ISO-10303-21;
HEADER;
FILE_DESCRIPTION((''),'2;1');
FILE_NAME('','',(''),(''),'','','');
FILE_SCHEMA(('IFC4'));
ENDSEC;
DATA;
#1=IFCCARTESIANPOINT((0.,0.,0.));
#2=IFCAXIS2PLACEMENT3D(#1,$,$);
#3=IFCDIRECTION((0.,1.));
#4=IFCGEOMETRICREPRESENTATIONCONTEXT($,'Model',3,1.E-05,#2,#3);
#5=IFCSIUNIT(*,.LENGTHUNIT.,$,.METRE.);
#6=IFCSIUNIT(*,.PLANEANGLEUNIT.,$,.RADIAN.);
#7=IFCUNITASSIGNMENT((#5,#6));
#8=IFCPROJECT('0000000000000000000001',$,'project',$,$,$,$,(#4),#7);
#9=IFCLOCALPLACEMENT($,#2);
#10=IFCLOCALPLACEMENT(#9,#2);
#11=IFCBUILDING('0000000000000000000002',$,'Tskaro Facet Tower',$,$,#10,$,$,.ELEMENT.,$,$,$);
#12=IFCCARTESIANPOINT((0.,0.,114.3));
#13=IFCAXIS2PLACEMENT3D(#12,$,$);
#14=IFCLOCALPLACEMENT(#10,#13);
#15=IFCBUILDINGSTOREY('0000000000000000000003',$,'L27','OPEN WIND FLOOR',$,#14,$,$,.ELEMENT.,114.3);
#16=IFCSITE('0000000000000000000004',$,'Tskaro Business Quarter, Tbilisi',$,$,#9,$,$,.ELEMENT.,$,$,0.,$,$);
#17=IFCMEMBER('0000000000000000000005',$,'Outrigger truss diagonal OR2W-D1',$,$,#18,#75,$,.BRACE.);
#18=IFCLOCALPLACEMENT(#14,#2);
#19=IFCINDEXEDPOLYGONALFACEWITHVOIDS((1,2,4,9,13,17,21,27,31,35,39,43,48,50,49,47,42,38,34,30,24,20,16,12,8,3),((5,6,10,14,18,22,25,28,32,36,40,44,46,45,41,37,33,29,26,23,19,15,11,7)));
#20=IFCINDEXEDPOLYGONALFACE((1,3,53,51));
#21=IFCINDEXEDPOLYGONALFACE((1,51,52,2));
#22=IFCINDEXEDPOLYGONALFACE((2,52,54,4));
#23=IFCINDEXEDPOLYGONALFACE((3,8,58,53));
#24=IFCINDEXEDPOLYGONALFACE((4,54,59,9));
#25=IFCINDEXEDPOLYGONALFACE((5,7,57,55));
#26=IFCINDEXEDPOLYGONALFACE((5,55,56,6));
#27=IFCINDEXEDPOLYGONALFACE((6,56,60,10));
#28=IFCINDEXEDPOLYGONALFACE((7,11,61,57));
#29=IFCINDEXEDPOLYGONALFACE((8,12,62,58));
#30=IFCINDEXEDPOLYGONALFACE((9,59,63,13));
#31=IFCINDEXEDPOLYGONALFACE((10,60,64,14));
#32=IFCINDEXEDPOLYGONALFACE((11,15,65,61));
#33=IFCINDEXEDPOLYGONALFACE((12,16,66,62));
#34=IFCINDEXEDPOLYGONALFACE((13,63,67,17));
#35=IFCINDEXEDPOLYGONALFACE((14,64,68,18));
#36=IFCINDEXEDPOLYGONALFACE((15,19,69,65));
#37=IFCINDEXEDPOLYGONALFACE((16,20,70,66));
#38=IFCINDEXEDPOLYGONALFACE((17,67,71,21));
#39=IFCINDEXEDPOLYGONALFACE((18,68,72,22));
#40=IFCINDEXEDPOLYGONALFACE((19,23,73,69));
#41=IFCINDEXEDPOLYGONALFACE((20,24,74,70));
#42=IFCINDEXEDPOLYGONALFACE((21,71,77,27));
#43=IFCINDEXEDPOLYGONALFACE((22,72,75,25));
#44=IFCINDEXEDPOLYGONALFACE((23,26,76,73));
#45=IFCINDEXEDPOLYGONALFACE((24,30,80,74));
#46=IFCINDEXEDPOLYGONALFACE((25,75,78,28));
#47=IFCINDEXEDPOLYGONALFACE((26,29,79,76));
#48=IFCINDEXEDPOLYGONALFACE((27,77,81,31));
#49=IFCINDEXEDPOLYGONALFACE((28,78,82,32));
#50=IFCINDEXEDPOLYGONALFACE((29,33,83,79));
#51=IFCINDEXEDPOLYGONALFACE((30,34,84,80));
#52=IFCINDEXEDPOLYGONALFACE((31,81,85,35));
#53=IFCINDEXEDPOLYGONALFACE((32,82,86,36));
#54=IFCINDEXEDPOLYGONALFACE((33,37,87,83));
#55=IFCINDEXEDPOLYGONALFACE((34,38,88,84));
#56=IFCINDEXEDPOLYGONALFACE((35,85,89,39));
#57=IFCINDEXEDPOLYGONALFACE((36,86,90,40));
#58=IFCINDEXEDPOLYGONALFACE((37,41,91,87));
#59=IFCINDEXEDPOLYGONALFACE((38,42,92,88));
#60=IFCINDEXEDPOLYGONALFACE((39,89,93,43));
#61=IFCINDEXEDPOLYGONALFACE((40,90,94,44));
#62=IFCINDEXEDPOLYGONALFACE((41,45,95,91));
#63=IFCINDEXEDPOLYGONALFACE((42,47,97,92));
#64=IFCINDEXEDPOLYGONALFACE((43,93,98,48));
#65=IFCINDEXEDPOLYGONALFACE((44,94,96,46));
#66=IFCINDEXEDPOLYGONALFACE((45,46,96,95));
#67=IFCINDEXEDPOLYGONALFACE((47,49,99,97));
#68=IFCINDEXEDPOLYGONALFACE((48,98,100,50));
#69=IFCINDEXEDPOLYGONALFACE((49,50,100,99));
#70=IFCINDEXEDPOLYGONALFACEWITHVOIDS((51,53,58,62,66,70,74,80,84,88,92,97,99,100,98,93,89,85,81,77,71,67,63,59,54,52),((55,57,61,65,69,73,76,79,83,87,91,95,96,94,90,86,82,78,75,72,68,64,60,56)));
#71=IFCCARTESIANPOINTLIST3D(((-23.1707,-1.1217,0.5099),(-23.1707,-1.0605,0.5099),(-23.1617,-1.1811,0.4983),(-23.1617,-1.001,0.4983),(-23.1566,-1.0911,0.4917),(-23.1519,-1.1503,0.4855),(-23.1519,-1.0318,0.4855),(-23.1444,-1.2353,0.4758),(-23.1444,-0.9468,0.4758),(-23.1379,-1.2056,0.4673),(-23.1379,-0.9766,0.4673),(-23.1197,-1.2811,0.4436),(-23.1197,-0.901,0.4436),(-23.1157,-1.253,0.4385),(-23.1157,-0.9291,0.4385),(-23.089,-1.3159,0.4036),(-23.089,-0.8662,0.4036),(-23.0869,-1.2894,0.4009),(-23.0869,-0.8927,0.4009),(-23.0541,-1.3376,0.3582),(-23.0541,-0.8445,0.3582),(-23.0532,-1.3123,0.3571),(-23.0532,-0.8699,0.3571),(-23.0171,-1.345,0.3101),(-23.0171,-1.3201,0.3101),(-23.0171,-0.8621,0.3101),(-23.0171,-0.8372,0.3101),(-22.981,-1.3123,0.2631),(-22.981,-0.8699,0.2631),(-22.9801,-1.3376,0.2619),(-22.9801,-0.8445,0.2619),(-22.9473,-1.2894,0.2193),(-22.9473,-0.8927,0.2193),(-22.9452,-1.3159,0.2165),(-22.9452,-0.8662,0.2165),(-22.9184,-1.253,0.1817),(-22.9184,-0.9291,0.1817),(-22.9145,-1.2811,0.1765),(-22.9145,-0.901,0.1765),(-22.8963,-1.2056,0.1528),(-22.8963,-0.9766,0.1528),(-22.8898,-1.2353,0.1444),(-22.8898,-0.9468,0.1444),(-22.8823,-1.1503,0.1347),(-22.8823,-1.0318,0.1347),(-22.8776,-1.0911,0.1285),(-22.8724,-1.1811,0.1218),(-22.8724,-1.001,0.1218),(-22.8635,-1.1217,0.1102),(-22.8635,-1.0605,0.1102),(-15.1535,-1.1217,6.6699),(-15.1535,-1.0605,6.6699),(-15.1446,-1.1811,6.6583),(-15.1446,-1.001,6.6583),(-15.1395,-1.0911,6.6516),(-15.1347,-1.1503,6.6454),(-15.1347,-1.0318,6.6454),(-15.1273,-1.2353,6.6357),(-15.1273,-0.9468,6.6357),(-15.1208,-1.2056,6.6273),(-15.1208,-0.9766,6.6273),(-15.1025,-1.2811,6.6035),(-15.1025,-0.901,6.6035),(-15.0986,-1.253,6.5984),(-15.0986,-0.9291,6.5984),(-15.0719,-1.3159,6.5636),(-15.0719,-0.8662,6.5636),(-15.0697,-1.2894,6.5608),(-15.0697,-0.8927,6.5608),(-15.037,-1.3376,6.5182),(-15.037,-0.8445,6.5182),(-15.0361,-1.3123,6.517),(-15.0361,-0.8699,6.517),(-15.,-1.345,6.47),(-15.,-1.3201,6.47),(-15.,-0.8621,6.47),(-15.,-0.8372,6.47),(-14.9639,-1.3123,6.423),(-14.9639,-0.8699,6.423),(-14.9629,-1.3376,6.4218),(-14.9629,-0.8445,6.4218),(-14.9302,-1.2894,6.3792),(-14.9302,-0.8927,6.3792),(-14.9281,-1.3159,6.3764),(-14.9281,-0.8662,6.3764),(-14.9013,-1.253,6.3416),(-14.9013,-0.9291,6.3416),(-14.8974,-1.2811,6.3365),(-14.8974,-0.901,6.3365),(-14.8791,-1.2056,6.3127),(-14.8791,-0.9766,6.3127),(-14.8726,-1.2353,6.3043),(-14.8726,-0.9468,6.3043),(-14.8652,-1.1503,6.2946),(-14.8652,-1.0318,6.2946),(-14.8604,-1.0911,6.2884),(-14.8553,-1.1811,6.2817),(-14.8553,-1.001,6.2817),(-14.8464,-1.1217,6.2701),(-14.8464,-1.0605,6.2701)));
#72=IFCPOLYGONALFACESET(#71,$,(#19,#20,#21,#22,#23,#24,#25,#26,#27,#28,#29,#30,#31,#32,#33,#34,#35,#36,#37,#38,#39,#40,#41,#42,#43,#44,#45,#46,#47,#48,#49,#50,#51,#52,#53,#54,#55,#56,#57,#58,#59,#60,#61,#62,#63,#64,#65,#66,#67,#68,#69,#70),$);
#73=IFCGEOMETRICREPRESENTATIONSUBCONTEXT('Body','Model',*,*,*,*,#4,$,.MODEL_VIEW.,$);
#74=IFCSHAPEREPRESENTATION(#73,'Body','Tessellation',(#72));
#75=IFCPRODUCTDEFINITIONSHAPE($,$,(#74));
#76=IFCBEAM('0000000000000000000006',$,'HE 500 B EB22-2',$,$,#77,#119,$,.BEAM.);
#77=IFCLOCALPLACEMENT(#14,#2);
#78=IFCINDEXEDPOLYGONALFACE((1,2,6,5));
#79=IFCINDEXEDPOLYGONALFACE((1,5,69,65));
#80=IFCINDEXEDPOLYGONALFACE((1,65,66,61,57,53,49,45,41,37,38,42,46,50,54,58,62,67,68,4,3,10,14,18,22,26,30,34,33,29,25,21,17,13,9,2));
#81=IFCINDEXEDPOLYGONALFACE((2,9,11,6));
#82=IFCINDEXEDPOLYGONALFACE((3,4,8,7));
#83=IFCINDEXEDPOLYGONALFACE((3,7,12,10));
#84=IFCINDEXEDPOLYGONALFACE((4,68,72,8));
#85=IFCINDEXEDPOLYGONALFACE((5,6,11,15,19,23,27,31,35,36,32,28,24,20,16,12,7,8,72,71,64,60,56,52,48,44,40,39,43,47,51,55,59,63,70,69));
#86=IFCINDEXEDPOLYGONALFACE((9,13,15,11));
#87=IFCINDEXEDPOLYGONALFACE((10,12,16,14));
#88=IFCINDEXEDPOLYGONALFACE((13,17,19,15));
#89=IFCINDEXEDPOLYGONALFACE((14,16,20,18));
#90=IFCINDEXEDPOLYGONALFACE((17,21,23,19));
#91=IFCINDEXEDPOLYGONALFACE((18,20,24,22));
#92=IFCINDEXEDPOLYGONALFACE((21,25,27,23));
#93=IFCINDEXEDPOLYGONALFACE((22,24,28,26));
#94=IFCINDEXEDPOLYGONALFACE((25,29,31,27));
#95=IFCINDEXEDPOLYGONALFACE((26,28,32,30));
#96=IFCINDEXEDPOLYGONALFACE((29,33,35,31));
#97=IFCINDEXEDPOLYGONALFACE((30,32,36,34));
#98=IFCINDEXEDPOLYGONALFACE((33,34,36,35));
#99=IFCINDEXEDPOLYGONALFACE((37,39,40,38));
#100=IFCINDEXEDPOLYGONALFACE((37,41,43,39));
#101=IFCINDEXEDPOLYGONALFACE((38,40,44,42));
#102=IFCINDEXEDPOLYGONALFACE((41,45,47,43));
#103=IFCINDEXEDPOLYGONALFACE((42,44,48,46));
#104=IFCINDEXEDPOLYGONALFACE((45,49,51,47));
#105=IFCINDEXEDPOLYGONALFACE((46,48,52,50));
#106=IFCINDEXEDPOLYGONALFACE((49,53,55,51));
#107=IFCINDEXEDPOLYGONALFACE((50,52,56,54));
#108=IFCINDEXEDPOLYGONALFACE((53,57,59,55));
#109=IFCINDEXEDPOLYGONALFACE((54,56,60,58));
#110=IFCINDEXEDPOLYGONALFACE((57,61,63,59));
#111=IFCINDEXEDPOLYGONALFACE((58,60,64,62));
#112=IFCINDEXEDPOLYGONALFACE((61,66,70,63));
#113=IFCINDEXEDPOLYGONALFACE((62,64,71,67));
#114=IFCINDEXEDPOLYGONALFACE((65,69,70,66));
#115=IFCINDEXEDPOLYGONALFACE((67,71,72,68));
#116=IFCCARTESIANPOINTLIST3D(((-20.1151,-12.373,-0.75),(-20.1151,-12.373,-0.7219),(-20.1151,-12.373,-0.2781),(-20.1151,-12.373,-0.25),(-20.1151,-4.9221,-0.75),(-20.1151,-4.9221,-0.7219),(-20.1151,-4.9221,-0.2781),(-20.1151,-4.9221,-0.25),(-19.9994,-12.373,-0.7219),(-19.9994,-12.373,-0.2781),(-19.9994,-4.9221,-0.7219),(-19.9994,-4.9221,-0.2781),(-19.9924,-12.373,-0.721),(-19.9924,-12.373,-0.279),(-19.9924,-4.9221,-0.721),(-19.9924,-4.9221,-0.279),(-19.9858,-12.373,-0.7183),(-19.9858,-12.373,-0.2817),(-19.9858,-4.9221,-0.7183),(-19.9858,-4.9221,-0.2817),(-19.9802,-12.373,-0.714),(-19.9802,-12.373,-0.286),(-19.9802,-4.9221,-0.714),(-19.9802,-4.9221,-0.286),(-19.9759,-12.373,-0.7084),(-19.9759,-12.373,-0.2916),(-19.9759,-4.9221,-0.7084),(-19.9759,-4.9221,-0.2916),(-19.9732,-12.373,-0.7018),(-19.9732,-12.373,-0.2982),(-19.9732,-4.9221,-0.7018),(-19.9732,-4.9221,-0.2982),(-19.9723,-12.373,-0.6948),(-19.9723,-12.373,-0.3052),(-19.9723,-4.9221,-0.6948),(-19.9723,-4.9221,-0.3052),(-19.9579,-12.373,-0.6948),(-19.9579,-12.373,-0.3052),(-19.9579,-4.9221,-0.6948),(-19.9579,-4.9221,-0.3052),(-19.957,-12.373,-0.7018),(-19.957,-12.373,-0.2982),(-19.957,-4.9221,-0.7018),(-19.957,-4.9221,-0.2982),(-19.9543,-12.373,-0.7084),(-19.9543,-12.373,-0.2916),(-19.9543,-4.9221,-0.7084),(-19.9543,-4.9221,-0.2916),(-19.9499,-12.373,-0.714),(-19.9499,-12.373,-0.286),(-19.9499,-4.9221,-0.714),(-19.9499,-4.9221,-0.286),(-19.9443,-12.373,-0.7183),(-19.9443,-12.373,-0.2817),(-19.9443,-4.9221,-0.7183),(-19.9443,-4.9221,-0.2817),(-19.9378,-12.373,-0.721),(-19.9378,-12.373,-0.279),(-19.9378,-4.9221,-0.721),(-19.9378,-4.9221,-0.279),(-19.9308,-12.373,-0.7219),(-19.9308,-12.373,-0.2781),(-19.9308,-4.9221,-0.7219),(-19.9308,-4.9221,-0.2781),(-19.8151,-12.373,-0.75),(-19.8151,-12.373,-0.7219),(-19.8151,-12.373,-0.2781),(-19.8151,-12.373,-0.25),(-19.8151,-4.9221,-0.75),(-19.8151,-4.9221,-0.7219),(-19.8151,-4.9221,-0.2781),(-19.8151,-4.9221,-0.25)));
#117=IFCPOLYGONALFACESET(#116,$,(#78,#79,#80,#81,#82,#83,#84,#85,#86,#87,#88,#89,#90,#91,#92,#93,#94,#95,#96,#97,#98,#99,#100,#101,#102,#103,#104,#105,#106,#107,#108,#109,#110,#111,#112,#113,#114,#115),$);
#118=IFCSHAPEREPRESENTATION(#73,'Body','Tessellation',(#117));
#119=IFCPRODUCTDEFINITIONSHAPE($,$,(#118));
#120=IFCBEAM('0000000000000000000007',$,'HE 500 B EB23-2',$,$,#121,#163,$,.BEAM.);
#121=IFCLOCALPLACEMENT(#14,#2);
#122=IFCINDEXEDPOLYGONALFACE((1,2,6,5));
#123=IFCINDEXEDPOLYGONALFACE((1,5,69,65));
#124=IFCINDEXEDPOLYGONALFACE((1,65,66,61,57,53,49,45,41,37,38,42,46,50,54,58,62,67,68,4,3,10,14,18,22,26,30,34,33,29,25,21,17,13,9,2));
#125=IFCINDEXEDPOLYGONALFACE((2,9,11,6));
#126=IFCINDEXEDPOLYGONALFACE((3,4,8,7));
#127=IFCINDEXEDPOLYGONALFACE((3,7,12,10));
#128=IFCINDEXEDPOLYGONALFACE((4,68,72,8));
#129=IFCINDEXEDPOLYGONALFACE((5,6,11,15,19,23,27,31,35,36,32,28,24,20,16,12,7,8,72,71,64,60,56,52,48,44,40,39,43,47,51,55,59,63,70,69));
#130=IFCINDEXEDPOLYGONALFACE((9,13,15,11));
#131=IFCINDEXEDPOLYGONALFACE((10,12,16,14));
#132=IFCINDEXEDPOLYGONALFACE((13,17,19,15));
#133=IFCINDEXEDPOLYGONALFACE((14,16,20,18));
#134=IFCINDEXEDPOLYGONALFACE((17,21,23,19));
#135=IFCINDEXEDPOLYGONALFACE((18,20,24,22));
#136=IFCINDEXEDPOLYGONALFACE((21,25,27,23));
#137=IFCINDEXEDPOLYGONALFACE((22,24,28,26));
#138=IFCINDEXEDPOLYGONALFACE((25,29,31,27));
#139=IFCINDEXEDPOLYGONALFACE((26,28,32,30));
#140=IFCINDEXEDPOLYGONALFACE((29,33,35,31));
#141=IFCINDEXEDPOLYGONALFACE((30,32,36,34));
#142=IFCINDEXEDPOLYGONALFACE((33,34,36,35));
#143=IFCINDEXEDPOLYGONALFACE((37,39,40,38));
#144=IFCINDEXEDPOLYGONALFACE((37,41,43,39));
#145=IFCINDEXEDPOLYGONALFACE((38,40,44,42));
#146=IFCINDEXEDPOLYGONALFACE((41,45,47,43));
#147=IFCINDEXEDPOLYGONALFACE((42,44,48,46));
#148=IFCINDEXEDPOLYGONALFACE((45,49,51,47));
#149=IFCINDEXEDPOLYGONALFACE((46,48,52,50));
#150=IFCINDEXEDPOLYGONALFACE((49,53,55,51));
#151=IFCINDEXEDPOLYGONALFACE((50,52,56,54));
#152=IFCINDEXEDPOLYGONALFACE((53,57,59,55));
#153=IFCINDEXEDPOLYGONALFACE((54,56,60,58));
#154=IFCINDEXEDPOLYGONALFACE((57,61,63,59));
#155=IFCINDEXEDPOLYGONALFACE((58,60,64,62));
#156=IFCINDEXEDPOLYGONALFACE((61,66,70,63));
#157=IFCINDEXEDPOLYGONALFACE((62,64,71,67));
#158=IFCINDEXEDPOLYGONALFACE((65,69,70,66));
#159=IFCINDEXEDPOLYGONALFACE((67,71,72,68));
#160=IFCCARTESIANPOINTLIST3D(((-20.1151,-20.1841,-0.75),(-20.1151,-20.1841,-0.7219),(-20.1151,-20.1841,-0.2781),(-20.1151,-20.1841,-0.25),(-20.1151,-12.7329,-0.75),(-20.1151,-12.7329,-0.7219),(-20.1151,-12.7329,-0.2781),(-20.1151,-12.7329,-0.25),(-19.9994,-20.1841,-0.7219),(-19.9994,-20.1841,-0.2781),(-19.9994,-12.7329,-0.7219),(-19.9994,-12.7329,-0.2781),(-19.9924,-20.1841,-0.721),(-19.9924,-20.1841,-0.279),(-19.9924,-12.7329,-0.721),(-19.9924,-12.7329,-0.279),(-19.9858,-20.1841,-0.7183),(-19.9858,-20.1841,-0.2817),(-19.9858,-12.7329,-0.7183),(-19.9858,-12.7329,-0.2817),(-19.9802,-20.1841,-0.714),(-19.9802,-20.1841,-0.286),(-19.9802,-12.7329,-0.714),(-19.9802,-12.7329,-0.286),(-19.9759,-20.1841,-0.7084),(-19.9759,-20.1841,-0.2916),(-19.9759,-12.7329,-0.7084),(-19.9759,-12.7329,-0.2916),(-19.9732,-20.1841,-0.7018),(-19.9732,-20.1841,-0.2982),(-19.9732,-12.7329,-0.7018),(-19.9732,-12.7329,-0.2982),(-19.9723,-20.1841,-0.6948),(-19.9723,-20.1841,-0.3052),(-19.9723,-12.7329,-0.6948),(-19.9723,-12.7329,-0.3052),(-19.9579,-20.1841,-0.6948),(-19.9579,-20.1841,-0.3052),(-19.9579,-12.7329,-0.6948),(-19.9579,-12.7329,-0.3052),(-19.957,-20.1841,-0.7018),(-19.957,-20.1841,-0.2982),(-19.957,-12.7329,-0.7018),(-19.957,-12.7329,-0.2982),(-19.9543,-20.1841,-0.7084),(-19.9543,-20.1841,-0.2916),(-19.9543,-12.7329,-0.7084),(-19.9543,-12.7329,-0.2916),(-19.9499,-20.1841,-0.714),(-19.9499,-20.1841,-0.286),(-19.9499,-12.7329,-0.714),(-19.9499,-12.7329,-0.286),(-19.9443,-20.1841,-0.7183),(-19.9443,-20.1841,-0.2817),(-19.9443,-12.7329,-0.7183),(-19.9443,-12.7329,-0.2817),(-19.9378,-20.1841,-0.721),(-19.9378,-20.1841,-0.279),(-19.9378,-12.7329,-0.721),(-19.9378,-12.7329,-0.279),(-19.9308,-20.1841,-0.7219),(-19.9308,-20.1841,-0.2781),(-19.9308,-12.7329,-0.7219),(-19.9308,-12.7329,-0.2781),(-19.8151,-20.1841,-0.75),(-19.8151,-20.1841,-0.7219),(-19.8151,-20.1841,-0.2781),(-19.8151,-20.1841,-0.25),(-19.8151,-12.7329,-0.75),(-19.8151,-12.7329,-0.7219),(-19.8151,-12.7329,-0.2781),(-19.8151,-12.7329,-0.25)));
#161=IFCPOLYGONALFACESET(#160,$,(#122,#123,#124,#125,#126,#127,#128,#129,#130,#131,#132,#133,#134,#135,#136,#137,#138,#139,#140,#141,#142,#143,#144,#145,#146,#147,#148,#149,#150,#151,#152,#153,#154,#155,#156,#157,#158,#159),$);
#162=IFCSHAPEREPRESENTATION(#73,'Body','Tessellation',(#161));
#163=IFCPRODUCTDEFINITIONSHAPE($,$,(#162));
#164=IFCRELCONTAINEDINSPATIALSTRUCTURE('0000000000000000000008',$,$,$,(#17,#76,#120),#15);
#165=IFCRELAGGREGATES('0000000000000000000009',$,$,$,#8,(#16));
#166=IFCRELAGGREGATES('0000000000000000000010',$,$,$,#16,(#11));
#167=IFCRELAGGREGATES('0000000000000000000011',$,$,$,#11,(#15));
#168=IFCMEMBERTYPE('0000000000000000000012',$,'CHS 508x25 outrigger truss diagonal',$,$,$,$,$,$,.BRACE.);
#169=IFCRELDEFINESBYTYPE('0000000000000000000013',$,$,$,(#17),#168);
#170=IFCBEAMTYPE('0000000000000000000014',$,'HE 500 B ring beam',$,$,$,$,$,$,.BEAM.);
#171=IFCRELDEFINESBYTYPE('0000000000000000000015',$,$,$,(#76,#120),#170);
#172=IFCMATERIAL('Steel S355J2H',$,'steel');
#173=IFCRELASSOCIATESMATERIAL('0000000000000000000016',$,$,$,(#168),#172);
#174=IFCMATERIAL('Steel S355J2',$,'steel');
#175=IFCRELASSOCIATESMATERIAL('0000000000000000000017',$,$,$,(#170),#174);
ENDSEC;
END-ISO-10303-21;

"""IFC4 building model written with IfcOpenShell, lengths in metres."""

from ifc_helpers import new_model, si_unit, direction, frame, origin, origin_2d, place, context, subcontext, project, spatial, hollow_circle, i_section, extrude, material, material_profile, profile_set, type_object, element, save


model = new_model("IFC4")

# Units and contexts
model_context = context("Model", 3, precision=1e-05, world=origin(), true_north=direction((0.0, 1.0)))
body_context = subcontext(model_context, "Body", "Model", "MODEL_VIEW")
ifc_project = project(units=[si_unit("LENGTHUNIT", "METRE"), si_unit("PLANEANGLEUNIT", "RADIAN")], contexts=[model_context])

# Site, building, storey
site_placement = place(None, origin())
site = spatial("IfcSite", under=ifc_project, at=site_placement, Name="Tskaro Business Quarter, Tbilisi", CompositionType="ELEMENT", RefElevation=0.0)
building_placement = place(site_placement, origin())
building = spatial("IfcBuilding", under=site, at=building_placement, Name="Tskaro Facet Tower", CompositionType="ELEMENT")
storey_placement = place(building_placement, frame((0.0, 0.0, 114.3)))
storey = spatial("IfcBuildingStorey", under=building, at=storey_placement, Name="L27", Description="OPEN WIND FLOOR", CompositionType="ELEMENT", Elevation=114.3)

# Shared definitions
ifc_material_1 = material(Name="Steel S355J2H", Category="steel")

# Shared definitions
ifc_material_2 = material(Name="Steel S355J2", Category="steel")

# Member
ifc_material_profile_1 = material_profile(ifc_material_1, hollow_circle(Radius=0.2539, WallThickness=0.0249, at=origin_2d()), Name="CHS 508x25")
ifc_profile_set_1 = profile_set([ifc_material_profile_1], Name="Steel S355J2H")
member_type_1 = type_object("IfcMemberType", Name="CHS 508x25 outrigger truss diagonal", PredefinedType="BRACE", material=ifc_profile_set_1)
member_1_placement = place(storey_placement, frame((-23.0171, -1.0911, 0.3101), z_axis=(0.792962, 0.0, 0.609271), x_axis=(0.0, 1.0, 0.0)))
element("IfcMember", 1, at=member_1_placement, inside=storey, type_object=member_type_1, Name="Outrigger truss diagonal OR2W-D1", PredefinedType="BRACE", context=body_context, shape_type="SweptSolid", body=[
    extrude(hollow_circle(Radius=0.2539, WallThickness=0.0249, at=origin_2d()), origin(), (0.0, 0.0, 1.0), 10.1104),
])

# Beams
ifc_material_profile_2 = material_profile(ifc_material_2, i_section(OverallWidth=0.3, OverallDepth=0.5, WebThickness=0.0144, FlangeThickness=0.0281, FilletRadius=0.0271, at=origin_2d()), Name="HE 500 B")
ifc_profile_set_2 = profile_set([ifc_material_profile_2], Name="Steel S355J2")
beam_type_1 = type_object("IfcBeamType", Name="HE 500 B ring beam", PredefinedType="BEAM", material=ifc_profile_set_2)
beam_1_placement = place(storey_placement, frame((-19.9651, -4.9221, -0.5), z_axis=(0.0, -1.0, 0.0), x_axis=(1.0, 0.0, 0.0)))
element("IfcBeam", 2, at=beam_1_placement, inside=storey, type_object=beam_type_1, Name="HE 500 B EB22-2", PredefinedType="BEAM", context=body_context, shape_type="SweptSolid", body=[
    extrude(i_section(OverallWidth=0.3, OverallDepth=0.5, WebThickness=0.0144, FlangeThickness=0.0281, FilletRadius=0.0271, at=origin_2d()), origin(), (0.0, 0.0, 1.0), 7.4509),
])
beam_2_placement = place(storey_placement, frame((-19.9651, -12.7329, -0.5), z_axis=(0.0, -1.0, 0.0), x_axis=(1.0, 0.0, 0.0)))
element("IfcBeam", 3, at=beam_2_placement, inside=storey, type_object=beam_type_1, Name="HE 500 B EB23-2", PredefinedType="BEAM", context=body_context, shape_type="SweptSolid", body=[
    extrude(i_section(OverallWidth=0.3, OverallDepth=0.5, WebThickness=0.0144, FlangeThickness=0.0281, FilletRadius=0.0271, at=origin_2d()), origin(), (0.0, 0.0, 1.0), 7.4512),
])

save(model, "model.ifc")
